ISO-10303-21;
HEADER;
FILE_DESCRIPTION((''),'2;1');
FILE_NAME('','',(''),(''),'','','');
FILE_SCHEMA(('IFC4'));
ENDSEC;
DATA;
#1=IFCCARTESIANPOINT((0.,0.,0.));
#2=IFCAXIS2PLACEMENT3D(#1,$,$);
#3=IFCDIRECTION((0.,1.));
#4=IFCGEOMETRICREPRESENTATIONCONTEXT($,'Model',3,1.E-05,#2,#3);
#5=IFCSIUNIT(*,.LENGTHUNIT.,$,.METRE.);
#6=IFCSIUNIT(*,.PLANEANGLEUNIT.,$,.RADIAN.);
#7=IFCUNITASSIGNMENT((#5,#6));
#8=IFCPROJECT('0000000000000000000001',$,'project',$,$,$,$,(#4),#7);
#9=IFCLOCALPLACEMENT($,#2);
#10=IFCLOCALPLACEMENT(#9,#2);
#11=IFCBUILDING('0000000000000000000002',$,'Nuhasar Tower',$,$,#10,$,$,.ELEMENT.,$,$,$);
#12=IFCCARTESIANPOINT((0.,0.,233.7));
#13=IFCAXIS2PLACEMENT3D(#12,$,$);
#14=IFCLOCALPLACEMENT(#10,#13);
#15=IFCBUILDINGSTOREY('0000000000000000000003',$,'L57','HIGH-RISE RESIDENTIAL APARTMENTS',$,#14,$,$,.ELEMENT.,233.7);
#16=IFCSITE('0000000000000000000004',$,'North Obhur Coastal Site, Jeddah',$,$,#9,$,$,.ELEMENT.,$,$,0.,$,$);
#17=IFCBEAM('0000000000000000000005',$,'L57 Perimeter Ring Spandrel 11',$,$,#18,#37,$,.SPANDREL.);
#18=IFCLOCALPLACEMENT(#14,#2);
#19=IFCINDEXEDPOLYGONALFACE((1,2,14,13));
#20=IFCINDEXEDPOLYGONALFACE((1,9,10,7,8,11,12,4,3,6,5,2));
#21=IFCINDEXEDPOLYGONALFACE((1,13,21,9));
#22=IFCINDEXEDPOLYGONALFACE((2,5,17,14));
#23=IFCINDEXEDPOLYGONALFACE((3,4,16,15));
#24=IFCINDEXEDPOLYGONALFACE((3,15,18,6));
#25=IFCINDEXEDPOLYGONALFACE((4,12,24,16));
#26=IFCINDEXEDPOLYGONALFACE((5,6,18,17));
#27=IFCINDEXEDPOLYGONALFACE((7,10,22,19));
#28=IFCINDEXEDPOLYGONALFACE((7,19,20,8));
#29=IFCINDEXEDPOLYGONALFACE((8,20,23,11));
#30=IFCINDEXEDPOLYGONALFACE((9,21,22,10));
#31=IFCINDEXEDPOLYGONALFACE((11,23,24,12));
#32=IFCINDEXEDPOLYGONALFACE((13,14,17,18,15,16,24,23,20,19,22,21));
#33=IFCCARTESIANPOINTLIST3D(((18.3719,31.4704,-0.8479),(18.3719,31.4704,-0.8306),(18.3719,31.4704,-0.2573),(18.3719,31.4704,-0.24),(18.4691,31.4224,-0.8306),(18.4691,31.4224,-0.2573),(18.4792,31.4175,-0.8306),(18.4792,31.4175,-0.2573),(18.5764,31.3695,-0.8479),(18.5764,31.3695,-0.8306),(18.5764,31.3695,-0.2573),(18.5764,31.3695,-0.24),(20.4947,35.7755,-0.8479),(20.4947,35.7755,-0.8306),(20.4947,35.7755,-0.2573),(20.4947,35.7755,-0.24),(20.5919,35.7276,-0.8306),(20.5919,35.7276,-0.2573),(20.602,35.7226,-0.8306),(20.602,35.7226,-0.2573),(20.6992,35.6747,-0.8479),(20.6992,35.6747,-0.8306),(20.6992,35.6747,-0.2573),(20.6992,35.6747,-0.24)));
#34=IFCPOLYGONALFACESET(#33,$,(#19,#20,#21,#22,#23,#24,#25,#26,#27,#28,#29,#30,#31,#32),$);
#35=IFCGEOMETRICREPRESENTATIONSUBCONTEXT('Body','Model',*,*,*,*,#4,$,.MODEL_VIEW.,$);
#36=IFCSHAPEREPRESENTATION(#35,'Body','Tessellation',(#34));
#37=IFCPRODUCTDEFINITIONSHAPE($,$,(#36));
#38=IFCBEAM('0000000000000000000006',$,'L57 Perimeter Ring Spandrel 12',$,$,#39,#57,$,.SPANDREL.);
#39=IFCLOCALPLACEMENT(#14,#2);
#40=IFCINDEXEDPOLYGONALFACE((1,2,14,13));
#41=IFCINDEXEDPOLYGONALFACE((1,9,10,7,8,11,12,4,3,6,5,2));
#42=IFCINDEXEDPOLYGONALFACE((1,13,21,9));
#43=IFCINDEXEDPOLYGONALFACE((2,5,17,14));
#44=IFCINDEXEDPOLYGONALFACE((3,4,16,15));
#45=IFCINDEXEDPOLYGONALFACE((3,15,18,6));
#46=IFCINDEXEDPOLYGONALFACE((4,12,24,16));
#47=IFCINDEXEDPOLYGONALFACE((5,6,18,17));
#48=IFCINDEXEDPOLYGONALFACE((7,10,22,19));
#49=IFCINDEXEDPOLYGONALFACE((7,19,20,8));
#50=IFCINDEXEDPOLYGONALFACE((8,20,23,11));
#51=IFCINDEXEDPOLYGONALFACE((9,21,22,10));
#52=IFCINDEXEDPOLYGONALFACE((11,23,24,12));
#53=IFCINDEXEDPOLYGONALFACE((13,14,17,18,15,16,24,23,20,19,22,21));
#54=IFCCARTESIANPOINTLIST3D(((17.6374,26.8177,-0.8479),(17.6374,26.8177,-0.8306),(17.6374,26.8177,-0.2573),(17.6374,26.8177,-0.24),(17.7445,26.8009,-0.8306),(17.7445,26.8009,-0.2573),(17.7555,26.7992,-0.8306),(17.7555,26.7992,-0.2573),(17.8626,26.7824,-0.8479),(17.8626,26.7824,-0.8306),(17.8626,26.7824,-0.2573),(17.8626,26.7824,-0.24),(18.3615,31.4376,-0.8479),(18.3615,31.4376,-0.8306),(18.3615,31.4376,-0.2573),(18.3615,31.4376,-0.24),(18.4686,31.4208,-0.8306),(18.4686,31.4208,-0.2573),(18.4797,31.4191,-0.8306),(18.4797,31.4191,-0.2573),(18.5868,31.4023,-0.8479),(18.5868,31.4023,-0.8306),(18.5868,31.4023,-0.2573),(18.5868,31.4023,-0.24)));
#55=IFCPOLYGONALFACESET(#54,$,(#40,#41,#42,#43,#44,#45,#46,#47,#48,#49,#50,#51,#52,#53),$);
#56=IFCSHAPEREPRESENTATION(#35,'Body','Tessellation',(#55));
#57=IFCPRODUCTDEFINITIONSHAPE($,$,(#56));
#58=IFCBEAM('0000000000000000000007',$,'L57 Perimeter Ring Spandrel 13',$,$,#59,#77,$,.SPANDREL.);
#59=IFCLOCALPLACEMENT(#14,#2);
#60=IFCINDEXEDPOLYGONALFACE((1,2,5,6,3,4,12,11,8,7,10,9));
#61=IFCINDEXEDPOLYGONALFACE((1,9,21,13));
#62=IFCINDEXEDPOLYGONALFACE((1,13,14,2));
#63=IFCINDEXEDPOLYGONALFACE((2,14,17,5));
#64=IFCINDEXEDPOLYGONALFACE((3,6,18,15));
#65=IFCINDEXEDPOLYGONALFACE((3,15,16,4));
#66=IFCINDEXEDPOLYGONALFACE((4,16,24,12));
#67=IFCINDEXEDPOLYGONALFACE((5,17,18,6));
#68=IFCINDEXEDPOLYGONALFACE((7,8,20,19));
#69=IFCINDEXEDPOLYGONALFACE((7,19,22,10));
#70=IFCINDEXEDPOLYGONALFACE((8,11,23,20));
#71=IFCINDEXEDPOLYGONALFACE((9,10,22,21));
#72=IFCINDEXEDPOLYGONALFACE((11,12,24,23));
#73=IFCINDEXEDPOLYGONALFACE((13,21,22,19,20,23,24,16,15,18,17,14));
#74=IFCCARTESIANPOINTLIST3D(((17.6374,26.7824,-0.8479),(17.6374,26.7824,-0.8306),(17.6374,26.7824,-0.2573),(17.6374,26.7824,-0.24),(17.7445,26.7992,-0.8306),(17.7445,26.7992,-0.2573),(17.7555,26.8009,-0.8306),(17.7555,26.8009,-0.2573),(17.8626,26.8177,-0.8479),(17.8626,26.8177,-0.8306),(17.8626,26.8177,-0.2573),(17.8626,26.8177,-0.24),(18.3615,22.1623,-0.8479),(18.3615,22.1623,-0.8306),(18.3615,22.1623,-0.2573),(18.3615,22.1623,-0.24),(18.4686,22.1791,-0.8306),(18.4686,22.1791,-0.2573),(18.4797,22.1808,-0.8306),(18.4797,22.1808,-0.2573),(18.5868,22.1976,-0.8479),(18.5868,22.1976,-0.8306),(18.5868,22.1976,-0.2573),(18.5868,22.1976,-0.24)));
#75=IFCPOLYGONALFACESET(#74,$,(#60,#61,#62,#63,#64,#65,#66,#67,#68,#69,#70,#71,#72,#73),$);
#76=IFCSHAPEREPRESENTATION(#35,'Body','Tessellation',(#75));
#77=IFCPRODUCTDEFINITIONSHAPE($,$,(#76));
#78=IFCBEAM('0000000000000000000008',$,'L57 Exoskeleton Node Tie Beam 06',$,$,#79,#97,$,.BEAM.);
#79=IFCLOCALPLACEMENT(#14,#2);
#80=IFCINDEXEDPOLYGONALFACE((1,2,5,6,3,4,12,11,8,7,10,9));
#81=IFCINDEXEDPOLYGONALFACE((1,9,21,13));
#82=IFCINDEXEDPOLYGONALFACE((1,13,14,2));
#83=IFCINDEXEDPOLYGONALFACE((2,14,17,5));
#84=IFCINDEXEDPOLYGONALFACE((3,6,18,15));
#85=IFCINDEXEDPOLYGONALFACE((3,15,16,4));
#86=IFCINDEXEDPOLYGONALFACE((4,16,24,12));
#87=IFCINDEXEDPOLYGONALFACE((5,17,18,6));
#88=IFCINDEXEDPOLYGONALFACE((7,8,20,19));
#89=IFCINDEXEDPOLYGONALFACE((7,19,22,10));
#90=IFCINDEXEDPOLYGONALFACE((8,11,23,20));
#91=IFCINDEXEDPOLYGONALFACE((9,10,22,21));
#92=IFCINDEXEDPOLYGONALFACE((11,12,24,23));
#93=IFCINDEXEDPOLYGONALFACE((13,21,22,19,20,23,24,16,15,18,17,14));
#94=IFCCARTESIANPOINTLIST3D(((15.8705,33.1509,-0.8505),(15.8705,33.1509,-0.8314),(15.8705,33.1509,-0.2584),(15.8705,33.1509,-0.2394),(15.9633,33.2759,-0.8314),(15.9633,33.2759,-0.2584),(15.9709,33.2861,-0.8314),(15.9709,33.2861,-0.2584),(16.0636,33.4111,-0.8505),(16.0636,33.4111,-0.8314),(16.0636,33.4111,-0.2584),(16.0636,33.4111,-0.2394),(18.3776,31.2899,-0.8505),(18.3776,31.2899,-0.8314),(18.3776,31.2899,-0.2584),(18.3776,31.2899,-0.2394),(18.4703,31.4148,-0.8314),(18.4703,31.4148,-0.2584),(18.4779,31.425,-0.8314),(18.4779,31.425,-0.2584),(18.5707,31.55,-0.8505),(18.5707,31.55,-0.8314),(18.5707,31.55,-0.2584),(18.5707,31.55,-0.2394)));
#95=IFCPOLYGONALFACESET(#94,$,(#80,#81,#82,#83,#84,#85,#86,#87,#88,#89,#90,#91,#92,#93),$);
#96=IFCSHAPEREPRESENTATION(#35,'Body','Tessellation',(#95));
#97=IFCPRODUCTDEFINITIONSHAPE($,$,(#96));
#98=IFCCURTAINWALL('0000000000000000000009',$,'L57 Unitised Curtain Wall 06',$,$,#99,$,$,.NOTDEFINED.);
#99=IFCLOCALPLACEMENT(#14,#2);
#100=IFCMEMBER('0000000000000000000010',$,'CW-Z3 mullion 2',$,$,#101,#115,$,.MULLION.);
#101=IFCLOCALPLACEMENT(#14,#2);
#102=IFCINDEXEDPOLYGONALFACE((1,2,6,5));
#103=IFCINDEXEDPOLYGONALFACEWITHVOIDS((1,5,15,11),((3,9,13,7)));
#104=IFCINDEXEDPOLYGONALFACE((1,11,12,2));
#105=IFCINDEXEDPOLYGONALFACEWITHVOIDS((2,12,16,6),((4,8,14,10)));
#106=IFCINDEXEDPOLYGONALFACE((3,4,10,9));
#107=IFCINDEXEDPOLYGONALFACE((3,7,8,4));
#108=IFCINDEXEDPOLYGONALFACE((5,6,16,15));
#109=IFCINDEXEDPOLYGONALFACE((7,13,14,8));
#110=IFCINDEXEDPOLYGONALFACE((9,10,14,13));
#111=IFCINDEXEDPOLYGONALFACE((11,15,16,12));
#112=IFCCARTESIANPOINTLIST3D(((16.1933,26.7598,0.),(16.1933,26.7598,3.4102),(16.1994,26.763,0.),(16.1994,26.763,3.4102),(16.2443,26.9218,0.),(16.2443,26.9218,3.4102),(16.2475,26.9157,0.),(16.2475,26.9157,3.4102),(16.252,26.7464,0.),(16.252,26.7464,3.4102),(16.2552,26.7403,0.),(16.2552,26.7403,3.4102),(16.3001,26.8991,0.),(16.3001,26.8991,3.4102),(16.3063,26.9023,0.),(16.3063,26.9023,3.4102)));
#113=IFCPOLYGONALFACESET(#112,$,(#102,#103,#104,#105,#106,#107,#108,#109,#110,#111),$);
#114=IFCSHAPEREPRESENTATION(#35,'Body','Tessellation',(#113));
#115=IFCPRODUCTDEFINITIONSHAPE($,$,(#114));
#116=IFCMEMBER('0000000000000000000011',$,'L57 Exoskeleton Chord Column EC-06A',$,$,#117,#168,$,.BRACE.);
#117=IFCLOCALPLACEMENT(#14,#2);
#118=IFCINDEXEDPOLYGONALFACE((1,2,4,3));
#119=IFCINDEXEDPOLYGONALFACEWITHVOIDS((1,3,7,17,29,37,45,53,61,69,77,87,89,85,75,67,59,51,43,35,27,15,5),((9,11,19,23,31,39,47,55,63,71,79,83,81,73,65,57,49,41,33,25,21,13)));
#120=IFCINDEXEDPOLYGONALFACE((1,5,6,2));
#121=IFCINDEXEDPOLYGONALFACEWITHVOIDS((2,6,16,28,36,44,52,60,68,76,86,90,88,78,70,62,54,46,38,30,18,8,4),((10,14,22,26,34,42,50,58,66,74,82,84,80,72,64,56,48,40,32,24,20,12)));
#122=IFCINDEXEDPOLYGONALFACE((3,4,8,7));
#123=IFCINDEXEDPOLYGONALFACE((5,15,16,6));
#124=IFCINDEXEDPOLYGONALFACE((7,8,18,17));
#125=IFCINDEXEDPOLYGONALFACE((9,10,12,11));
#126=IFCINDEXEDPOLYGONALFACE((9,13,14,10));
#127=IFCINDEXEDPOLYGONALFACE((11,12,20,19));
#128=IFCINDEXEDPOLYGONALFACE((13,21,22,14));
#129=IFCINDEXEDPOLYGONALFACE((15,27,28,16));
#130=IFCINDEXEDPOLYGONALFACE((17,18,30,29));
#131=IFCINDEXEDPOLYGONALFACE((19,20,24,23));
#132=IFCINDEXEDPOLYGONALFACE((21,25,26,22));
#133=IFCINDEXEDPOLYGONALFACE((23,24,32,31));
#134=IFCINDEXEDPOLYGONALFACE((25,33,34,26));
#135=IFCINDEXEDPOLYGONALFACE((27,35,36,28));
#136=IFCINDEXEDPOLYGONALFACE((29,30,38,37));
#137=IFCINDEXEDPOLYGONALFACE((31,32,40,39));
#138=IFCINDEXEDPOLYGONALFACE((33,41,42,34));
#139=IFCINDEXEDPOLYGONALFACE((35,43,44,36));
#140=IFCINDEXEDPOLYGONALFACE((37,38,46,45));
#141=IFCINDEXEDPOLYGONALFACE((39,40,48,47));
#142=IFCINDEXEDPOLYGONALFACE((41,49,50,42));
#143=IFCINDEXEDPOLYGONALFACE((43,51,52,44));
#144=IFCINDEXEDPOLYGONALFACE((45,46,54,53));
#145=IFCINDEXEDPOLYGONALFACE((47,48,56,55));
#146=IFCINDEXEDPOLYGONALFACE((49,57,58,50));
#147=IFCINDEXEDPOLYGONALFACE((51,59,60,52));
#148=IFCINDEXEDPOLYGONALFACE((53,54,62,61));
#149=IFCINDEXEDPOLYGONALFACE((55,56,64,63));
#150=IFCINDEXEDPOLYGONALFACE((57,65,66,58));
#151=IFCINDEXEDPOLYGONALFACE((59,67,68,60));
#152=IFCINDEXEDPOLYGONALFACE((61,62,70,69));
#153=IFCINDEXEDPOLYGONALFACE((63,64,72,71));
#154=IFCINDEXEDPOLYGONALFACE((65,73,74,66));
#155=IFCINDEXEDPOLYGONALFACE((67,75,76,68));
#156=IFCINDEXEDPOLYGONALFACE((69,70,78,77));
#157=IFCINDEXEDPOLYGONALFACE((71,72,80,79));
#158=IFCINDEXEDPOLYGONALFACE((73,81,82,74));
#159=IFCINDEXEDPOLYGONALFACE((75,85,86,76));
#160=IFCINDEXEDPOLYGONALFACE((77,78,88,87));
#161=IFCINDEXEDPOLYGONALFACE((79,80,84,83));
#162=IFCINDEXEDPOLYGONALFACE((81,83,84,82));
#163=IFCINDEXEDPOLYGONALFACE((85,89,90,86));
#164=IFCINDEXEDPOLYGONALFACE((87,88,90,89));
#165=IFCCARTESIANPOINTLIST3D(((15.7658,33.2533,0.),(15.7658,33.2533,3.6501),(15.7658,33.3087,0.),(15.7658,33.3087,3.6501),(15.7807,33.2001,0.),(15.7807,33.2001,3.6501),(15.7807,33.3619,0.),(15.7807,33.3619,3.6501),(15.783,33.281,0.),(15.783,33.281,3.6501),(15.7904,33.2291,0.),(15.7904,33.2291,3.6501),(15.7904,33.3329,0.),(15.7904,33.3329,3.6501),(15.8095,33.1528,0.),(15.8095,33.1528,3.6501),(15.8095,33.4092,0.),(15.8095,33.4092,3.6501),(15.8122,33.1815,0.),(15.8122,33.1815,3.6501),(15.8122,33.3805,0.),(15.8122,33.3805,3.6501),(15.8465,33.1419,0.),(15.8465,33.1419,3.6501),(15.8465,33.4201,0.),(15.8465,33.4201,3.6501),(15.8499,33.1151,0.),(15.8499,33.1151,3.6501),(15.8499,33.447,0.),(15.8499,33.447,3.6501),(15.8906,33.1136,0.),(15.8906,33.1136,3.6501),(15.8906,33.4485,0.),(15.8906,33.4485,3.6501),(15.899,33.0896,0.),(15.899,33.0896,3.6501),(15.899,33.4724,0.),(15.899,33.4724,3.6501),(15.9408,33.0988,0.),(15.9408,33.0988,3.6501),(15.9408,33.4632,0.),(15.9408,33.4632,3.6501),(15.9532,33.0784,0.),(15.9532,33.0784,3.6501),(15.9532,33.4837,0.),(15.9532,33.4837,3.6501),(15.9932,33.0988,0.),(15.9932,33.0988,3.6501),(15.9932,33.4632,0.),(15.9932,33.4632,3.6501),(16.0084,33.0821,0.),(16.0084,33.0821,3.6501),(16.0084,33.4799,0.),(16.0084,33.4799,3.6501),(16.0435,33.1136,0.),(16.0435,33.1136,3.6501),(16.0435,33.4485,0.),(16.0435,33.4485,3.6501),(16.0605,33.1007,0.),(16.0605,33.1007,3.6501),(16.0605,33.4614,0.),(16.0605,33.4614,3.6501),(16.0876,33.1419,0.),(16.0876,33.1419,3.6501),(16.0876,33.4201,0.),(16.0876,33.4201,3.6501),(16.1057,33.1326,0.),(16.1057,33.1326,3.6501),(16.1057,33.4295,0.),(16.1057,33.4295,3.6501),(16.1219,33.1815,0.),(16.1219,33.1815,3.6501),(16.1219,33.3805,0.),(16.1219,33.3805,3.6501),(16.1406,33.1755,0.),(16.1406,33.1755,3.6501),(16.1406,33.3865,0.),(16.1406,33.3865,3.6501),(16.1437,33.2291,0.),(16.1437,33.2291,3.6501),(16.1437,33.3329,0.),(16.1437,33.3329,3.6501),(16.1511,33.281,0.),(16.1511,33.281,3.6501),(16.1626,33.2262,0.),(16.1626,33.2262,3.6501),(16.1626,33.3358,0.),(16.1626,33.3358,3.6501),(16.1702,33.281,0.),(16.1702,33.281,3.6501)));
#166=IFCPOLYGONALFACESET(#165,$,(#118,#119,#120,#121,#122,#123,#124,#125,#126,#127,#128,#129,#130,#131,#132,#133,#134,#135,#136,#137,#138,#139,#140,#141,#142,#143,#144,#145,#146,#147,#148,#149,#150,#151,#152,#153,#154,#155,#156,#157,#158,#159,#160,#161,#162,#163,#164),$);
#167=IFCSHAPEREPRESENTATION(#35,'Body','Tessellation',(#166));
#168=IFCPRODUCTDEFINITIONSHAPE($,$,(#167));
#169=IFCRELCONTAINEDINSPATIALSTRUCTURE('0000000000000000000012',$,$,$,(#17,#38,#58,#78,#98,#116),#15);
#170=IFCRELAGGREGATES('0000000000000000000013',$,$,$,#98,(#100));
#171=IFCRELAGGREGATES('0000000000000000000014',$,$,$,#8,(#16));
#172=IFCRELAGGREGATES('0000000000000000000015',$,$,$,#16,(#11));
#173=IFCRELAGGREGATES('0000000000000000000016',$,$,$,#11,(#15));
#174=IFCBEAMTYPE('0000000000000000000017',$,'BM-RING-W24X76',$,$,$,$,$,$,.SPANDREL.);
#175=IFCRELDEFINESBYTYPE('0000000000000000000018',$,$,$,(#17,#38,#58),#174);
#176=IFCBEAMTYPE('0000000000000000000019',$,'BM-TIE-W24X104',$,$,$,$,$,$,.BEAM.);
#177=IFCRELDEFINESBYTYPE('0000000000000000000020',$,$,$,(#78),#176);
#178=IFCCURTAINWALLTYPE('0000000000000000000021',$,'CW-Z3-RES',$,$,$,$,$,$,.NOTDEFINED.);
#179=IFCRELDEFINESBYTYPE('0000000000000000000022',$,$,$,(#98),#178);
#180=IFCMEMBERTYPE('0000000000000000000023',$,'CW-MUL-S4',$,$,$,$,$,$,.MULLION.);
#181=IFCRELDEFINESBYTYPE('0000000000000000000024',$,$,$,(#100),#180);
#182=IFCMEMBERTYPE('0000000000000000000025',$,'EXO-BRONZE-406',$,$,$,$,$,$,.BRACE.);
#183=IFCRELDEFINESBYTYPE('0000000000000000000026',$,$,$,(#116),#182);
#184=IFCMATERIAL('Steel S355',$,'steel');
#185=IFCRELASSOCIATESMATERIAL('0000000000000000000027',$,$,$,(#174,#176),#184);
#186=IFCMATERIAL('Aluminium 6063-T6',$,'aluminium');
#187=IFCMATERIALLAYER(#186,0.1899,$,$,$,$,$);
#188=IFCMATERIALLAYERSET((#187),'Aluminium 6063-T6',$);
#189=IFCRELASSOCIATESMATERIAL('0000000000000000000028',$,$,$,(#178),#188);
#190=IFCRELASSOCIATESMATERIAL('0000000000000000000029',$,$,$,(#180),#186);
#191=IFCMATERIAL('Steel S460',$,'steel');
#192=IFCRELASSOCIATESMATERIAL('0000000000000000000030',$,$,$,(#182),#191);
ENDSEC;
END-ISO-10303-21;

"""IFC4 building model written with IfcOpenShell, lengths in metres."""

from ifc_helpers import new_model, si_unit, direction, frame, origin, origin_2d, place, context, subcontext, project, spatial, hollow_rectangle, hollow_circle, i_section, extrude, material, layer, layer_set, material_profile, profile_set, type_object, element, aggregate, save


model = new_model("IFC4")

# Units and contexts
model_context = context("Model", 3, precision=1e-05, world=origin(), true_north=direction((0.0, 1.0)))
body_context = subcontext(model_context, "Body", "Model", "MODEL_VIEW")
ifc_project = project(units=[si_unit("LENGTHUNIT", "METRE"), si_unit("PLANEANGLEUNIT", "RADIAN")], contexts=[model_context])

# Site, building, storey
site_placement = place(None, origin())
site = spatial("IfcSite", under=ifc_project, at=site_placement, Name="North Obhur Coastal Site, Jeddah", CompositionType="ELEMENT", RefElevation=0.0)
building_placement = place(site_placement, origin())
building = spatial("IfcBuilding", under=site, at=building_placement, Name="Nuhasar Tower", CompositionType="ELEMENT")
storey_placement = place(building_placement, frame((0.0, 0.0, 233.7)))
storey = spatial("IfcBuildingStorey", under=building, at=storey_placement, Name="L57", Description="HIGH-RISE RESIDENTIAL APARTMENTS", CompositionType="ELEMENT", Elevation=233.7)

# Beams
ifc_material_1 = material(Name="Steel S355", Category="steel")
ifc_material_profile_1 = material_profile(ifc_material_1, i_section(OverallWidth=0.228, OverallDepth=0.6079, WebThickness=0.0112, FlangeThickness=0.0173, at=origin_2d()), Name="W24X76")
ifc_profile_set_1 = profile_set([ifc_material_profile_1], Name="Steel S355")
beam_type_1 = type_object("IfcBeamType", Name="BM-RING-W24X76", PredefinedType="SPANDREL", material=ifc_profile_set_1)
beam_1_placement = place(storey_placement, frame((20.5969, 35.7251, -0.5439), z_axis=(-0.442243, -0.896895, 0.0), x_axis=(0.896895, -0.442243, 0.0)))
element("IfcBeam", 1, at=beam_1_placement, inside=storey, type_object=beam_type_1, Name="L57 Perimeter Ring Spandrel 11", PredefinedType="SPANDREL", context=body_context, shape_type="SweptSolid", body=[
    extrude(i_section(OverallWidth=0.228, OverallDepth=0.6079, WebThickness=0.0112, FlangeThickness=0.0173, at=origin_2d()), origin(), (0.0, 0.0, 1.0), 4.8),
])
beam_2_placement = place(storey_placement, frame((18.4741, 31.4199, -0.5439), z_axis=(-0.15485, -0.987938, 0.0), x_axis=(0.987938, -0.15485, 0.0)))
element("IfcBeam", 2, at=beam_2_placement, inside=storey, type_object=beam_type_1, Name="L57 Perimeter Ring Spandrel 12", PredefinedType="SPANDREL", context=body_context, shape_type="SweptSolid", body=[
    extrude(i_section(OverallWidth=0.228, OverallDepth=0.6079, WebThickness=0.0112, FlangeThickness=0.0173, at=origin_2d()), origin(), (0.0, 0.0, 1.0), 4.6763),
])
beam_3_placement = place(storey_placement, frame((17.75, 26.8, -0.5439), z_axis=(0.154842, -0.987939, 0.0), x_axis=(0.987939, 0.154842, 0.0)))
element("IfcBeam", 3, at=beam_3_placement, inside=storey, type_object=beam_type_1, Name="L57 Perimeter Ring Spandrel 13", PredefinedType="SPANDREL", context=body_context, shape_type="SweptSolid", body=[
    extrude(i_section(OverallWidth=0.228, OverallDepth=0.6079, WebThickness=0.0112, FlangeThickness=0.0173, at=origin_2d()), origin(), (0.0, 0.0, 1.0), 4.6765),
])
ifc_material_profile_2 = material_profile(ifc_material_1, i_section(OverallWidth=0.324, OverallDepth=0.6111, WebThickness=0.0127, FlangeThickness=0.019, at=origin_2d()), Name="W24X104")
ifc_profile_set_2 = profile_set([ifc_material_profile_2], Name="Steel S355")
beam_type_2 = type_object("IfcBeamType", Name="BM-TIE-W24X104", PredefinedType="BEAM", material=ifc_profile_set_2)
beam_4_placement = place(storey_placement, frame((18.4741, 31.4199, -0.5449), z_axis=(-0.802946, 0.596052, 0.0), x_axis=(-0.596052, -0.802946, 0.0)))
element("IfcBeam", 4, at=beam_4_placement, inside=storey, type_object=beam_type_2, Name="L57 Exoskeleton Node Tie Beam 06", PredefinedType="BEAM", context=body_context, shape_type="SweptSolid", body=[
    extrude(i_section(OverallWidth=0.324, OverallDepth=0.6111, WebThickness=0.0127, FlangeThickness=0.019, at=origin_2d()), origin(), (0.0, 0.0, 1.0), 3.1223),
])

# Curtain wall, member
ifc_material_2 = material(Name="Aluminium 6063-T6", Category="aluminium")
ifc_layer_1 = layer(ifc_material_2, 0.1899)
ifc_layer_set_1 = layer_set([ifc_layer_1], Name="Aluminium 6063-T6")
curtain_wall_type = type_object("IfcCurtainWallType", Name="CW-Z3-RES", PredefinedType="NOTDEFINED", material=ifc_layer_set_1)
curtain_wall_placement = place(storey_placement, origin())
curtain_wall = element("IfcCurtainWall", 5, at=curtain_wall_placement, inside=storey, type_object=curtain_wall_type, Name="L57 Unitised Curtain Wall 06", PredefinedType="NOTDEFINED")
ifc_material_profile_3 = material_profile(ifc_material_2, hollow_rectangle(XDim=0.0649, YDim=0.1699, WallThickness=0.0049, at=origin_2d()), Name="CWM-4")
ifc_profile_set_3 = profile_set([ifc_material_profile_3], Name="Aluminium 6063-T6")
member_type_1 = type_object("IfcMemberType", Name="CW-MUL-S4", PredefinedType="MULLION", material=ifc_profile_set_3)
member_1_placement = place(storey_placement, frame((16.2498, 26.8311, 0.0), z_axis=(0.0, 0.0, 1.0), x_axis=(0.953804, -0.300429, 0.0)))
member_1 = element("IfcMember", 6, at=member_1_placement, type_object=member_type_1, Name="CW-Z3 mullion 2", PredefinedType="MULLION", context=body_context, shape_type="SweptSolid", body=[
    extrude(hollow_rectangle(XDim=0.0649, YDim=0.1699, WallThickness=0.0049, at=origin_2d()), origin(), (0.0, 0.0, 1.0), 3.4102),
])

# Member
ifc_material_3 = material(Name="Steel S460", Category="steel")
ifc_material_profile_4 = material_profile(ifc_material_3, hollow_circle(Radius=0.2031, WallThickness=0.019, at=origin_2d()), Name="HSS406.4X19.1")
ifc_profile_set_4 = profile_set([ifc_material_profile_4], Name="Steel S460")
member_type_2 = type_object("IfcMemberType", Name="EXO-BRONZE-406", PredefinedType="BRACE", material=ifc_profile_set_4)
for number, where, z_axis, x_axis, name in (
    (7, (15.967, 33.281, 0.0), (0.0, 0.0, 1.0), (1.0, 0.0, 0.0), "L57 Exoskeleton Chord Column EC-06A"),
):
    element("IfcMember", number, at=place(storey_placement, frame(where, z_axis=z_axis, x_axis=x_axis)), inside=storey, type_object=member_type_2, Name=name, PredefinedType="BRACE", context=body_context, shape_type="SweptSolid", body=[
        extrude(hollow_circle(Radius=0.2031, WallThickness=0.019, at=origin_2d()), origin(), (0.0, 0.0, 1.0), 3.6501),
    ])

aggregate(curtain_wall, [member_1])

save(model, "model.ifc")
